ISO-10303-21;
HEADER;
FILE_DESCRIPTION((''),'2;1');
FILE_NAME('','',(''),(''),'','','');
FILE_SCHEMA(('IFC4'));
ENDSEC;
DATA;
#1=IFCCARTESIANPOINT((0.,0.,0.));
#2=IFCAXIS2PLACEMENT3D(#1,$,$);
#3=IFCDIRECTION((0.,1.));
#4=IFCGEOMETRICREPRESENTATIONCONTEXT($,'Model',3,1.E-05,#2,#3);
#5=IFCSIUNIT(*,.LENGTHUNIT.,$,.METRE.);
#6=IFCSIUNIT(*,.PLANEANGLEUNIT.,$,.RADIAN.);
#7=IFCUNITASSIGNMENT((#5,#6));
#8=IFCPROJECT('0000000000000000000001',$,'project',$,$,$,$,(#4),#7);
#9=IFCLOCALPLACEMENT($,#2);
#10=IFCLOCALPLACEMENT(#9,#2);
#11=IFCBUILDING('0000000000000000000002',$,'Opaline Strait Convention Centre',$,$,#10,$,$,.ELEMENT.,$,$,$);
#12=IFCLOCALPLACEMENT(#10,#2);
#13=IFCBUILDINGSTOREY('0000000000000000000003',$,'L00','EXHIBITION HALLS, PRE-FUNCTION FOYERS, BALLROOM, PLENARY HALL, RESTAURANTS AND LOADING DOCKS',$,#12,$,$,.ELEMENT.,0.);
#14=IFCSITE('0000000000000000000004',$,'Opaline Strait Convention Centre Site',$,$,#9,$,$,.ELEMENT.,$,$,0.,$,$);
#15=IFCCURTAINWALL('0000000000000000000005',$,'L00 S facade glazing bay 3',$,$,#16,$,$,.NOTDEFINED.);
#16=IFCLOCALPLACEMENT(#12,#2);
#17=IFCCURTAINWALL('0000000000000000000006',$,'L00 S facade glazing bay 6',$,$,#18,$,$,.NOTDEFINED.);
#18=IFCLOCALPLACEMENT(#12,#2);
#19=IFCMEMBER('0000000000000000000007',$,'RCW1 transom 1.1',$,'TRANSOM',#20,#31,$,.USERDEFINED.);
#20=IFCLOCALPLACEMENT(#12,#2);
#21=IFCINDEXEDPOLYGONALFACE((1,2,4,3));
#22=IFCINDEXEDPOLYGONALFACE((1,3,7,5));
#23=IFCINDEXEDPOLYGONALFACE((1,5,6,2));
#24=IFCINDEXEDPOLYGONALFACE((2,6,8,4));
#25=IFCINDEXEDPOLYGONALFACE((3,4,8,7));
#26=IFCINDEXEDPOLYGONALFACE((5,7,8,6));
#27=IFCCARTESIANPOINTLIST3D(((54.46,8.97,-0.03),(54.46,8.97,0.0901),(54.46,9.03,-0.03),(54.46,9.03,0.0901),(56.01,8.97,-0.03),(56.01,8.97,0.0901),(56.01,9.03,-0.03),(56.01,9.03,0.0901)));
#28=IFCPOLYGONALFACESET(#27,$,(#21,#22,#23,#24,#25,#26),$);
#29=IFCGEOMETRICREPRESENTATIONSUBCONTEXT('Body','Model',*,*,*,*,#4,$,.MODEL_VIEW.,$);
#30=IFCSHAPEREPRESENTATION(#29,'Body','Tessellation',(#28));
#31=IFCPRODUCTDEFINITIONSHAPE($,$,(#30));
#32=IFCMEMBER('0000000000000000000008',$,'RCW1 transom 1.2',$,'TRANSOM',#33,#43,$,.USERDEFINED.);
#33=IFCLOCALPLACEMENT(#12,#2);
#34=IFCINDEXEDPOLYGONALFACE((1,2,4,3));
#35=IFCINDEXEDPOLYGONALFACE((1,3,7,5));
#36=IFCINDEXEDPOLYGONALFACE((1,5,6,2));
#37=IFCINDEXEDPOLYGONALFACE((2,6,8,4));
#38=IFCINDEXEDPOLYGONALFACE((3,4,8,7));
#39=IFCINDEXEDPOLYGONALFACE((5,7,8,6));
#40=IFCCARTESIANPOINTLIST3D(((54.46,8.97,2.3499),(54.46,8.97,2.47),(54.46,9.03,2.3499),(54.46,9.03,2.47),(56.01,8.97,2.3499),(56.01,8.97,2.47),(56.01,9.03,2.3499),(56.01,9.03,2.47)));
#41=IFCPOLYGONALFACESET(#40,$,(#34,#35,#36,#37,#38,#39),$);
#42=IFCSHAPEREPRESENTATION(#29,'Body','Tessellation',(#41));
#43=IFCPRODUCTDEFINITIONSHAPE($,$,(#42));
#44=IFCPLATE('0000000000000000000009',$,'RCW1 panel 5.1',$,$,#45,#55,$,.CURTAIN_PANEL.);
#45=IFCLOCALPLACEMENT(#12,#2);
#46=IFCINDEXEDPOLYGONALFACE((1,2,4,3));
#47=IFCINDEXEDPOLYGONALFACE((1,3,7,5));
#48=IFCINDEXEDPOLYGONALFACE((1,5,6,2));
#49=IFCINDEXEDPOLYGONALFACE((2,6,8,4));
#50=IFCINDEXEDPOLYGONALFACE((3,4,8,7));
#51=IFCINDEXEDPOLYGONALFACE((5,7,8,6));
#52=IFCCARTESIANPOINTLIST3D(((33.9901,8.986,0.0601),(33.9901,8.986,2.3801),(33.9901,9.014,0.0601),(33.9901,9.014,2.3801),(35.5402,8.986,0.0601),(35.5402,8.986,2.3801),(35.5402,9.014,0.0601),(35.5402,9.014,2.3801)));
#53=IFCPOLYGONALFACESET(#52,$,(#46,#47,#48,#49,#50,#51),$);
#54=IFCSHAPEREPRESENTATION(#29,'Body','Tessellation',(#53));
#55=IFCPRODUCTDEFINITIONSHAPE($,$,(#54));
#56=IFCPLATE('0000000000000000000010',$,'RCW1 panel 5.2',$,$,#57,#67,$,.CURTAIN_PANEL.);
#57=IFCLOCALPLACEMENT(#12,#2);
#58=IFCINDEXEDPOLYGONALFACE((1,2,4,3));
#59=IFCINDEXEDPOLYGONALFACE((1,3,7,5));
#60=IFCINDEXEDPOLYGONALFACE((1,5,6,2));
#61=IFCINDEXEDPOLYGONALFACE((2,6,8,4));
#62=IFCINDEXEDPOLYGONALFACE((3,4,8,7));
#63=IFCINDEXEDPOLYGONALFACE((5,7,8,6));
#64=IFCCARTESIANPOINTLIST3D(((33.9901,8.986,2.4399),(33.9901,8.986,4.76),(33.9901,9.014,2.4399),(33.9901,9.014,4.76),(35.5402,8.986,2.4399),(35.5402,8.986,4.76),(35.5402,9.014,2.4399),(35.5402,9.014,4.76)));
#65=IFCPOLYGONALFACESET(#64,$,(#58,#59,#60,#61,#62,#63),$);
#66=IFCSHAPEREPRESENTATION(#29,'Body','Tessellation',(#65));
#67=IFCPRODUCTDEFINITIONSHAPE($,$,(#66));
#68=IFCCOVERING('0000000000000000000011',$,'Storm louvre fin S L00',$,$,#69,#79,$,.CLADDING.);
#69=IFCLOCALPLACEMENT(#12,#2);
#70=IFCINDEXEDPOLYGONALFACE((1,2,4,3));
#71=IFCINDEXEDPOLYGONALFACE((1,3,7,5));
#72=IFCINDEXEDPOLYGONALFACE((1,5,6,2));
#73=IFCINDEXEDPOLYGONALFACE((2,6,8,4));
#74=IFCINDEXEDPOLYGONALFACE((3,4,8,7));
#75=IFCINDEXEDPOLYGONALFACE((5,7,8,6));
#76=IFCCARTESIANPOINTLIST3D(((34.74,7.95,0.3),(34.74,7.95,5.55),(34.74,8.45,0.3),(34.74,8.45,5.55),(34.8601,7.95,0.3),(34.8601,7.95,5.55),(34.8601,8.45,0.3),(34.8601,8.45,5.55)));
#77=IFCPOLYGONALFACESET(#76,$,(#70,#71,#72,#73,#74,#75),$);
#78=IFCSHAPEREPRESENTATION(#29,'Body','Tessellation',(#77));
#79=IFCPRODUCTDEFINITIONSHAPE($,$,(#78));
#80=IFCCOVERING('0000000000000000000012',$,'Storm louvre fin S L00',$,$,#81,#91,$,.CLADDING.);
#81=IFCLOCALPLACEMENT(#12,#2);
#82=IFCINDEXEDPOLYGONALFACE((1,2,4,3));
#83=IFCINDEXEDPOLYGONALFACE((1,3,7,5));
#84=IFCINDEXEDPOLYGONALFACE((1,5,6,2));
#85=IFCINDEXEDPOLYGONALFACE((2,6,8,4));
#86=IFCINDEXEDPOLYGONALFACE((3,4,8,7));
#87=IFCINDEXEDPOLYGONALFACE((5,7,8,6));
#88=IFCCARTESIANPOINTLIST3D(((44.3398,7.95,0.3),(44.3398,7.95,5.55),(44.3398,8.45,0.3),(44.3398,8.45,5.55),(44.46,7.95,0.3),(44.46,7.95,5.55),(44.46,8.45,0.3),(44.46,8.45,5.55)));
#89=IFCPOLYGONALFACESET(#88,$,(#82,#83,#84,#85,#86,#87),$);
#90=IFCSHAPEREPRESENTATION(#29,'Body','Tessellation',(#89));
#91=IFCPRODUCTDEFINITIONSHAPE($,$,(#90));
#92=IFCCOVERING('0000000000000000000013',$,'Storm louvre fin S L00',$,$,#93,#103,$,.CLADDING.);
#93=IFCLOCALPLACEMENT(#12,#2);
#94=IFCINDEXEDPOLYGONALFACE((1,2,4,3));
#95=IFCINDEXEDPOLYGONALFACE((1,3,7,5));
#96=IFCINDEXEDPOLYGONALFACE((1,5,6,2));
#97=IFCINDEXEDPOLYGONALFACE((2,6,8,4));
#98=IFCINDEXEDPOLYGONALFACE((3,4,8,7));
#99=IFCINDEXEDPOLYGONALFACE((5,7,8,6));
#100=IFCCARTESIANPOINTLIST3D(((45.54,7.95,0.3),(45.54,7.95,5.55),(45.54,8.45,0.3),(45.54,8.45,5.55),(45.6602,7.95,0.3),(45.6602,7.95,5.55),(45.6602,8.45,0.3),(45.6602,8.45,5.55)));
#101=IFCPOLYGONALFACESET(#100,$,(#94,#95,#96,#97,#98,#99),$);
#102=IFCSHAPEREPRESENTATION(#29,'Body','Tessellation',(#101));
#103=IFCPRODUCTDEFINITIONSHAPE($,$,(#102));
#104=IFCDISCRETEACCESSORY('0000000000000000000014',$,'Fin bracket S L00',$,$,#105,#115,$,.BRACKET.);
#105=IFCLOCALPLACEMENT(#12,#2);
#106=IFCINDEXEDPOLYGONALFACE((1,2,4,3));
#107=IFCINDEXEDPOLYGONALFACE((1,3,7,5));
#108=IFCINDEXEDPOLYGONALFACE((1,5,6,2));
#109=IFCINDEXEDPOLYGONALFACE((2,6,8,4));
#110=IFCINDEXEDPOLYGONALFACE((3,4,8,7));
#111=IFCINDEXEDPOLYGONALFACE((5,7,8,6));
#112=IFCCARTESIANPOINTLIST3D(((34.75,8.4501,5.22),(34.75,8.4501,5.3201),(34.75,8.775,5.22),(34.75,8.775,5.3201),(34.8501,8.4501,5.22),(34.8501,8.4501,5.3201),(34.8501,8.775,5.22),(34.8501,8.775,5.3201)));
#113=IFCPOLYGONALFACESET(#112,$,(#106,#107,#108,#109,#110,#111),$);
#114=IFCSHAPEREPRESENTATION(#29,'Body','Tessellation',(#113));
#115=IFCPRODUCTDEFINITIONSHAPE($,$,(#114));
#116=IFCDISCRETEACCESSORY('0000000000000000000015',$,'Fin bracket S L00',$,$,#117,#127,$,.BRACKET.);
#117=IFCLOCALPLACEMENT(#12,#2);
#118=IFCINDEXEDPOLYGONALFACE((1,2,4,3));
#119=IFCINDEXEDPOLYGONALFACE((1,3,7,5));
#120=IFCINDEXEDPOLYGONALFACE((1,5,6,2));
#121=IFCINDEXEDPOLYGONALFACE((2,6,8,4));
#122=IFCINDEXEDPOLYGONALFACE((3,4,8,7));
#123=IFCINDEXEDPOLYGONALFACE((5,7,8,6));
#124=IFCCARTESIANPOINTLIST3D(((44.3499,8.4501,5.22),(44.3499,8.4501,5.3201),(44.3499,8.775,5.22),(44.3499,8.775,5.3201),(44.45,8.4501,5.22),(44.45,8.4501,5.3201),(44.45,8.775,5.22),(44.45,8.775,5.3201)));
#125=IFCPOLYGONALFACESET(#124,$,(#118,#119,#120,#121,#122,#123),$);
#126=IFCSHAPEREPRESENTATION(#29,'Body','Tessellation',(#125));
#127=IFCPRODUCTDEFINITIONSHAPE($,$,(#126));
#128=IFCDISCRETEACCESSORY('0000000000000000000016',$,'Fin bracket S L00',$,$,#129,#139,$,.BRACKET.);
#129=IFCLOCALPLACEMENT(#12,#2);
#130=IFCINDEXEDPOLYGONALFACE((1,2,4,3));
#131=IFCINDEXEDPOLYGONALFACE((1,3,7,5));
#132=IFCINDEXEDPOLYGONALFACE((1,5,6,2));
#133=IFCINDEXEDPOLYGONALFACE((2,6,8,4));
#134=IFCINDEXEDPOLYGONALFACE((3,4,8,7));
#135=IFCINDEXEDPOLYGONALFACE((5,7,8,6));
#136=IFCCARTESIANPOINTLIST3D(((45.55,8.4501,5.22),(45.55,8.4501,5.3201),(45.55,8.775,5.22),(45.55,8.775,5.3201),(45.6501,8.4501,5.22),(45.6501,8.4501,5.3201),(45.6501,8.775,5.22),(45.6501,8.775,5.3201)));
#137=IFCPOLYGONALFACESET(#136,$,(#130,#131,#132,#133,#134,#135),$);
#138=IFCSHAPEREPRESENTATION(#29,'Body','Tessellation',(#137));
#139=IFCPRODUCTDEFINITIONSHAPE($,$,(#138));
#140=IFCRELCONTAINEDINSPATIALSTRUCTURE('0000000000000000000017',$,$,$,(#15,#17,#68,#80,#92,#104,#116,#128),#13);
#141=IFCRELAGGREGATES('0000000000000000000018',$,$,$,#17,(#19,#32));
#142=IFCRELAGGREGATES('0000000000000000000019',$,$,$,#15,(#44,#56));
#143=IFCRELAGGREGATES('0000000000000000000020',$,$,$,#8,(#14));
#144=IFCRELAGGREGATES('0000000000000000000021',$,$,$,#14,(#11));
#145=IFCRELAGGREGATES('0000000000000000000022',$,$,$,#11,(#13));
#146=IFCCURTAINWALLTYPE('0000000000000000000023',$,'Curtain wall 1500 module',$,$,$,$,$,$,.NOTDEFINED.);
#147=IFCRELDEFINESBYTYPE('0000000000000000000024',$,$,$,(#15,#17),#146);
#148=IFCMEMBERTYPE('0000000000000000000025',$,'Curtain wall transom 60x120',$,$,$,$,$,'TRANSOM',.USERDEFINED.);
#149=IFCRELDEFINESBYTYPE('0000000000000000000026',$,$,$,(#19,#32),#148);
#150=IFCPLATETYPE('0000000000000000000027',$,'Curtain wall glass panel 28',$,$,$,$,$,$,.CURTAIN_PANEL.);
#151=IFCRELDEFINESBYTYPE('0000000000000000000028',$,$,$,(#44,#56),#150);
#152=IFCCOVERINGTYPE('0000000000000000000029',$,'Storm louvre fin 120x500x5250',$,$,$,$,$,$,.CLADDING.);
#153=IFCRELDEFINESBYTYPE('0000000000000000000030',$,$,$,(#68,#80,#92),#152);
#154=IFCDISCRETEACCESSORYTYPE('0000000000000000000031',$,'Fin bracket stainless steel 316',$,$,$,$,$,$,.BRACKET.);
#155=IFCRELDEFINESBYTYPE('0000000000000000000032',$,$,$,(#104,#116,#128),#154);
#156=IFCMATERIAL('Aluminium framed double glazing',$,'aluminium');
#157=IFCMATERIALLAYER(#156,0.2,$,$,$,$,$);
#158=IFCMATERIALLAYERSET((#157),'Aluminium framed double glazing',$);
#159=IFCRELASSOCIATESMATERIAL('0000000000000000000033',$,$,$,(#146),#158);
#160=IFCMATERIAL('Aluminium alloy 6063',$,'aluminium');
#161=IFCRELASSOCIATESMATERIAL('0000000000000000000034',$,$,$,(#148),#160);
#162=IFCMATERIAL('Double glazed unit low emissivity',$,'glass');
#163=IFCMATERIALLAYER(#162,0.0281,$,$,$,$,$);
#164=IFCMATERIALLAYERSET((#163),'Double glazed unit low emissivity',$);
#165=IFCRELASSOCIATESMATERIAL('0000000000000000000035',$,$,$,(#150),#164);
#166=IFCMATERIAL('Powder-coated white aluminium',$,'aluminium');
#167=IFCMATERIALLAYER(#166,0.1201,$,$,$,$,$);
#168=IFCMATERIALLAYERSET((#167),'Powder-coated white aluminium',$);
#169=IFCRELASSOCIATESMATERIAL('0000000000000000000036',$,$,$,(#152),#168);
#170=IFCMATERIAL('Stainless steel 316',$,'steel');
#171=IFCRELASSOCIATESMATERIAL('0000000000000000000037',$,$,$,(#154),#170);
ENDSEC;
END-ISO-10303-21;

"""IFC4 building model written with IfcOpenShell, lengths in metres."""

from ifc_helpers import new_model, si_unit, direction, frame, origin, origin_2d, place, context, subcontext, project, spatial, rectangle, extrude, material, layer, layer_set, material_profile, profile_set, type_object, element, aggregate, save


model = new_model("IFC4")

# Units and contexts
model_context = context("Model", 3, precision=1e-05, world=origin(), true_north=direction((0.0, 1.0)))
body_context = subcontext(model_context, "Body", "Model", "MODEL_VIEW")
ifc_project = project(units=[si_unit("LENGTHUNIT", "METRE"), si_unit("PLANEANGLEUNIT", "RADIAN")], contexts=[model_context])

# Site, building, storey
site_placement = place(None, origin())
site = spatial("IfcSite", under=ifc_project, at=site_placement, Name="Opaline Strait Convention Centre Site", CompositionType="ELEMENT", RefElevation=0.0)
building_placement = place(site_placement, origin())
building = spatial("IfcBuilding", under=site, at=building_placement, Name="Opaline Strait Convention Centre", CompositionType="ELEMENT")
storey_placement = place(building_placement, origin())
storey = spatial("IfcBuildingStorey", under=building, at=storey_placement, Name="L00", Description="EXHIBITION HALLS, PRE-FUNCTION FOYERS, BALLROOM, PLENARY HALL, RESTAURANTS AND LOADING DOCKS", CompositionType="ELEMENT", Elevation=0.0)

# Curtain wall
ifc_material_1 = material(Name="Aluminium framed double glazing", Category="aluminium")
ifc_layer_1 = layer(ifc_material_1, 0.2)
ifc_layer_set_1 = layer_set([ifc_layer_1], Name="Aluminium framed double glazing")
curtain_wall_type = type_object("IfcCurtainWallType", Name="Curtain wall 1500 module", PredefinedType="NOTDEFINED", material=ifc_layer_set_1)
curtain_wall_1_placement = place(storey_placement, origin())
curtain_wall_1 = element("IfcCurtainWall", 1, at=curtain_wall_1_placement, inside=storey, type_object=curtain_wall_type, Name="L00 S facade glazing bay 3", PredefinedType="NOTDEFINED")
ifc_material_2 = material(Name="Aluminium alloy 6063", Category="aluminium")

# Curtain wall, members
curtain_wall_2_placement = place(storey_placement, origin())
curtain_wall_2 = element("IfcCurtainWall", 2, at=curtain_wall_2_placement, inside=storey, type_object=curtain_wall_type, Name="L00 S facade glazing bay 6", PredefinedType="NOTDEFINED")
ifc_material_profile_1 = material_profile(ifc_material_2, rectangle(XDim=0.0601, YDim=0.1201, at=origin_2d()), Name="Curtain wall transom 60x120")
ifc_profile_set_1 = profile_set([ifc_material_profile_1], Name="Aluminium alloy 6063")
member_type_1 = type_object("IfcMemberType", Name="Curtain wall transom 60x120", ElementType="TRANSOM", PredefinedType="USERDEFINED", material=ifc_profile_set_1)
member_1_placement = place(storey_placement, frame((54.46, 9.0, 0.03), z_axis=(1.0, 0.0, 0.0), x_axis=(0.0, 1.0, 0.0)))
member_1 = element("IfcMember", 3, at=member_1_placement, type_object=member_type_1, Name="RCW1 transom 1.1", ObjectType="TRANSOM", PredefinedType="USERDEFINED", context=body_context, shape_type="SweptSolid", body=[
    extrude(rectangle(XDim=0.0601, YDim=0.1201, at=origin_2d()), origin(), (0.0, 0.0, 1.0), 1.55),
])
member_2_placement = place(storey_placement, frame((54.46, 9.0, 2.4099), z_axis=(1.0, 0.0, 0.0), x_axis=(0.0, 1.0, 0.0)))
member_2 = element("IfcMember", 4, at=member_2_placement, type_object=member_type_1, Name="RCW1 transom 1.2", ObjectType="TRANSOM", PredefinedType="USERDEFINED", context=body_context, shape_type="SweptSolid", body=[
    extrude(rectangle(XDim=0.0601, YDim=0.1201, at=origin_2d()), origin(), (0.0, 0.0, 1.0), 1.55),
])
aggregate(curtain_wall_2, [member_1, member_2])

# Plates
ifc_material_3 = material(Name="Double glazed unit low emissivity", Category="glass")
ifc_layer_2 = layer(ifc_material_3, 0.0281)
ifc_layer_set_2 = layer_set([ifc_layer_2], Name="Double glazed unit low emissivity")
plate_type = type_object("IfcPlateType", Name="Curtain wall glass panel 28", PredefinedType="CURTAIN_PANEL", material=ifc_layer_set_2)
plate_1_placement = place(storey_placement, frame((34.7651, 9.0, 0.0601), z_axis=(0.0, 0.0, 1.0), x_axis=(1.0, 0.0, 0.0)))
plate_1 = element("IfcPlate", 5, at=plate_1_placement, type_object=plate_type, Name="RCW1 panel 5.1", PredefinedType="CURTAIN_PANEL", context=body_context, shape_type="SweptSolid", body=[
    extrude(rectangle(XDim=1.55, YDim=0.0281, at=origin_2d()), origin(), (0.0, 0.0, 1.0), 2.3201),
])
plate_2_placement = place(storey_placement, frame((34.7651, 9.0, 2.4399), z_axis=(0.0, 0.0, 1.0), x_axis=(1.0, 0.0, 0.0)))
plate_2 = element("IfcPlate", 6, at=plate_2_placement, type_object=plate_type, Name="RCW1 panel 5.2", PredefinedType="CURTAIN_PANEL", context=body_context, shape_type="SweptSolid", body=[
    extrude(rectangle(XDim=1.55, YDim=0.0281, at=origin_2d()), origin(), (0.0, 0.0, 1.0), 2.3201),
])
aggregate(curtain_wall_1, [plate_1, plate_2])

# Coverings
ifc_material_4 = material(Name="Powder-coated white aluminium", Category="aluminium")
ifc_layer_3 = layer(ifc_material_4, 0.1201)
ifc_layer_set_3 = layer_set([ifc_layer_3], Name="Powder-coated white aluminium")
covering_type = type_object("IfcCoveringType", Name="Storm louvre fin 120x500x5250", PredefinedType="CLADDING", material=ifc_layer_set_3)
for number, where, z_axis, x_axis, name in (
    (7, (34.8, 8.2, 0.3), (0.0, 0.0, 1.0), (1.0, 0.0, 0.0), "Storm louvre fin S L00"),
    (8, (44.3999, 8.2, 0.3), (0.0, 0.0, 1.0), (1.0, 0.0, 0.0), "Storm louvre fin S L00"),
    (9, (45.6001, 8.2, 0.3), (0.0, 0.0, 1.0), (1.0, 0.0, 0.0), "Storm louvre fin S L00"),
):
    element("IfcCovering", number, at=place(storey_placement, frame(where, z_axis=z_axis, x_axis=x_axis)), inside=storey, type_object=covering_type, Name=name, PredefinedType="CLADDING", context=body_context, shape_type="SweptSolid", body=[
        extrude(rectangle(XDim=0.1201, YDim=0.5, at=origin_2d()), origin(), (0.0, 0.0, 1.0), 5.25),
    ])

# Discrete accessories
ifc_material_5 = material(Name="Stainless steel 316", Category="steel")
discrete_accessory_type = type_object("IfcDiscreteAccessoryType", Name="Fin bracket stainless steel 316", PredefinedType="BRACKET", material=ifc_material_5)
for number, where, z_axis, x_axis, name in (
    (10, (34.8, 8.6125, 5.22), (0.0, 0.0, 1.0), (1.0, 0.0, 0.0), "Fin bracket S L00"),
    (11, (44.3999, 8.6125, 5.22), (0.0, 0.0, 1.0), (1.0, 0.0, 0.0), "Fin bracket S L00"),
    (12, (45.6001, 8.6125, 5.22), (0.0, 0.0, 1.0), (1.0, 0.0, 0.0), "Fin bracket S L00"),
):
    element("IfcDiscreteAccessory", number, at=place(storey_placement, frame(where, z_axis=z_axis, x_axis=x_axis)), inside=storey, type_object=discrete_accessory_type, Name=name, PredefinedType="BRACKET", context=body_context, shape_type="SweptSolid", body=[
        extrude(rectangle(XDim=0.1001, YDim=0.325, at=origin_2d()), origin(), (0.0, 0.0, 1.0), 0.1001),
    ])

save(model, "model.ifc")
